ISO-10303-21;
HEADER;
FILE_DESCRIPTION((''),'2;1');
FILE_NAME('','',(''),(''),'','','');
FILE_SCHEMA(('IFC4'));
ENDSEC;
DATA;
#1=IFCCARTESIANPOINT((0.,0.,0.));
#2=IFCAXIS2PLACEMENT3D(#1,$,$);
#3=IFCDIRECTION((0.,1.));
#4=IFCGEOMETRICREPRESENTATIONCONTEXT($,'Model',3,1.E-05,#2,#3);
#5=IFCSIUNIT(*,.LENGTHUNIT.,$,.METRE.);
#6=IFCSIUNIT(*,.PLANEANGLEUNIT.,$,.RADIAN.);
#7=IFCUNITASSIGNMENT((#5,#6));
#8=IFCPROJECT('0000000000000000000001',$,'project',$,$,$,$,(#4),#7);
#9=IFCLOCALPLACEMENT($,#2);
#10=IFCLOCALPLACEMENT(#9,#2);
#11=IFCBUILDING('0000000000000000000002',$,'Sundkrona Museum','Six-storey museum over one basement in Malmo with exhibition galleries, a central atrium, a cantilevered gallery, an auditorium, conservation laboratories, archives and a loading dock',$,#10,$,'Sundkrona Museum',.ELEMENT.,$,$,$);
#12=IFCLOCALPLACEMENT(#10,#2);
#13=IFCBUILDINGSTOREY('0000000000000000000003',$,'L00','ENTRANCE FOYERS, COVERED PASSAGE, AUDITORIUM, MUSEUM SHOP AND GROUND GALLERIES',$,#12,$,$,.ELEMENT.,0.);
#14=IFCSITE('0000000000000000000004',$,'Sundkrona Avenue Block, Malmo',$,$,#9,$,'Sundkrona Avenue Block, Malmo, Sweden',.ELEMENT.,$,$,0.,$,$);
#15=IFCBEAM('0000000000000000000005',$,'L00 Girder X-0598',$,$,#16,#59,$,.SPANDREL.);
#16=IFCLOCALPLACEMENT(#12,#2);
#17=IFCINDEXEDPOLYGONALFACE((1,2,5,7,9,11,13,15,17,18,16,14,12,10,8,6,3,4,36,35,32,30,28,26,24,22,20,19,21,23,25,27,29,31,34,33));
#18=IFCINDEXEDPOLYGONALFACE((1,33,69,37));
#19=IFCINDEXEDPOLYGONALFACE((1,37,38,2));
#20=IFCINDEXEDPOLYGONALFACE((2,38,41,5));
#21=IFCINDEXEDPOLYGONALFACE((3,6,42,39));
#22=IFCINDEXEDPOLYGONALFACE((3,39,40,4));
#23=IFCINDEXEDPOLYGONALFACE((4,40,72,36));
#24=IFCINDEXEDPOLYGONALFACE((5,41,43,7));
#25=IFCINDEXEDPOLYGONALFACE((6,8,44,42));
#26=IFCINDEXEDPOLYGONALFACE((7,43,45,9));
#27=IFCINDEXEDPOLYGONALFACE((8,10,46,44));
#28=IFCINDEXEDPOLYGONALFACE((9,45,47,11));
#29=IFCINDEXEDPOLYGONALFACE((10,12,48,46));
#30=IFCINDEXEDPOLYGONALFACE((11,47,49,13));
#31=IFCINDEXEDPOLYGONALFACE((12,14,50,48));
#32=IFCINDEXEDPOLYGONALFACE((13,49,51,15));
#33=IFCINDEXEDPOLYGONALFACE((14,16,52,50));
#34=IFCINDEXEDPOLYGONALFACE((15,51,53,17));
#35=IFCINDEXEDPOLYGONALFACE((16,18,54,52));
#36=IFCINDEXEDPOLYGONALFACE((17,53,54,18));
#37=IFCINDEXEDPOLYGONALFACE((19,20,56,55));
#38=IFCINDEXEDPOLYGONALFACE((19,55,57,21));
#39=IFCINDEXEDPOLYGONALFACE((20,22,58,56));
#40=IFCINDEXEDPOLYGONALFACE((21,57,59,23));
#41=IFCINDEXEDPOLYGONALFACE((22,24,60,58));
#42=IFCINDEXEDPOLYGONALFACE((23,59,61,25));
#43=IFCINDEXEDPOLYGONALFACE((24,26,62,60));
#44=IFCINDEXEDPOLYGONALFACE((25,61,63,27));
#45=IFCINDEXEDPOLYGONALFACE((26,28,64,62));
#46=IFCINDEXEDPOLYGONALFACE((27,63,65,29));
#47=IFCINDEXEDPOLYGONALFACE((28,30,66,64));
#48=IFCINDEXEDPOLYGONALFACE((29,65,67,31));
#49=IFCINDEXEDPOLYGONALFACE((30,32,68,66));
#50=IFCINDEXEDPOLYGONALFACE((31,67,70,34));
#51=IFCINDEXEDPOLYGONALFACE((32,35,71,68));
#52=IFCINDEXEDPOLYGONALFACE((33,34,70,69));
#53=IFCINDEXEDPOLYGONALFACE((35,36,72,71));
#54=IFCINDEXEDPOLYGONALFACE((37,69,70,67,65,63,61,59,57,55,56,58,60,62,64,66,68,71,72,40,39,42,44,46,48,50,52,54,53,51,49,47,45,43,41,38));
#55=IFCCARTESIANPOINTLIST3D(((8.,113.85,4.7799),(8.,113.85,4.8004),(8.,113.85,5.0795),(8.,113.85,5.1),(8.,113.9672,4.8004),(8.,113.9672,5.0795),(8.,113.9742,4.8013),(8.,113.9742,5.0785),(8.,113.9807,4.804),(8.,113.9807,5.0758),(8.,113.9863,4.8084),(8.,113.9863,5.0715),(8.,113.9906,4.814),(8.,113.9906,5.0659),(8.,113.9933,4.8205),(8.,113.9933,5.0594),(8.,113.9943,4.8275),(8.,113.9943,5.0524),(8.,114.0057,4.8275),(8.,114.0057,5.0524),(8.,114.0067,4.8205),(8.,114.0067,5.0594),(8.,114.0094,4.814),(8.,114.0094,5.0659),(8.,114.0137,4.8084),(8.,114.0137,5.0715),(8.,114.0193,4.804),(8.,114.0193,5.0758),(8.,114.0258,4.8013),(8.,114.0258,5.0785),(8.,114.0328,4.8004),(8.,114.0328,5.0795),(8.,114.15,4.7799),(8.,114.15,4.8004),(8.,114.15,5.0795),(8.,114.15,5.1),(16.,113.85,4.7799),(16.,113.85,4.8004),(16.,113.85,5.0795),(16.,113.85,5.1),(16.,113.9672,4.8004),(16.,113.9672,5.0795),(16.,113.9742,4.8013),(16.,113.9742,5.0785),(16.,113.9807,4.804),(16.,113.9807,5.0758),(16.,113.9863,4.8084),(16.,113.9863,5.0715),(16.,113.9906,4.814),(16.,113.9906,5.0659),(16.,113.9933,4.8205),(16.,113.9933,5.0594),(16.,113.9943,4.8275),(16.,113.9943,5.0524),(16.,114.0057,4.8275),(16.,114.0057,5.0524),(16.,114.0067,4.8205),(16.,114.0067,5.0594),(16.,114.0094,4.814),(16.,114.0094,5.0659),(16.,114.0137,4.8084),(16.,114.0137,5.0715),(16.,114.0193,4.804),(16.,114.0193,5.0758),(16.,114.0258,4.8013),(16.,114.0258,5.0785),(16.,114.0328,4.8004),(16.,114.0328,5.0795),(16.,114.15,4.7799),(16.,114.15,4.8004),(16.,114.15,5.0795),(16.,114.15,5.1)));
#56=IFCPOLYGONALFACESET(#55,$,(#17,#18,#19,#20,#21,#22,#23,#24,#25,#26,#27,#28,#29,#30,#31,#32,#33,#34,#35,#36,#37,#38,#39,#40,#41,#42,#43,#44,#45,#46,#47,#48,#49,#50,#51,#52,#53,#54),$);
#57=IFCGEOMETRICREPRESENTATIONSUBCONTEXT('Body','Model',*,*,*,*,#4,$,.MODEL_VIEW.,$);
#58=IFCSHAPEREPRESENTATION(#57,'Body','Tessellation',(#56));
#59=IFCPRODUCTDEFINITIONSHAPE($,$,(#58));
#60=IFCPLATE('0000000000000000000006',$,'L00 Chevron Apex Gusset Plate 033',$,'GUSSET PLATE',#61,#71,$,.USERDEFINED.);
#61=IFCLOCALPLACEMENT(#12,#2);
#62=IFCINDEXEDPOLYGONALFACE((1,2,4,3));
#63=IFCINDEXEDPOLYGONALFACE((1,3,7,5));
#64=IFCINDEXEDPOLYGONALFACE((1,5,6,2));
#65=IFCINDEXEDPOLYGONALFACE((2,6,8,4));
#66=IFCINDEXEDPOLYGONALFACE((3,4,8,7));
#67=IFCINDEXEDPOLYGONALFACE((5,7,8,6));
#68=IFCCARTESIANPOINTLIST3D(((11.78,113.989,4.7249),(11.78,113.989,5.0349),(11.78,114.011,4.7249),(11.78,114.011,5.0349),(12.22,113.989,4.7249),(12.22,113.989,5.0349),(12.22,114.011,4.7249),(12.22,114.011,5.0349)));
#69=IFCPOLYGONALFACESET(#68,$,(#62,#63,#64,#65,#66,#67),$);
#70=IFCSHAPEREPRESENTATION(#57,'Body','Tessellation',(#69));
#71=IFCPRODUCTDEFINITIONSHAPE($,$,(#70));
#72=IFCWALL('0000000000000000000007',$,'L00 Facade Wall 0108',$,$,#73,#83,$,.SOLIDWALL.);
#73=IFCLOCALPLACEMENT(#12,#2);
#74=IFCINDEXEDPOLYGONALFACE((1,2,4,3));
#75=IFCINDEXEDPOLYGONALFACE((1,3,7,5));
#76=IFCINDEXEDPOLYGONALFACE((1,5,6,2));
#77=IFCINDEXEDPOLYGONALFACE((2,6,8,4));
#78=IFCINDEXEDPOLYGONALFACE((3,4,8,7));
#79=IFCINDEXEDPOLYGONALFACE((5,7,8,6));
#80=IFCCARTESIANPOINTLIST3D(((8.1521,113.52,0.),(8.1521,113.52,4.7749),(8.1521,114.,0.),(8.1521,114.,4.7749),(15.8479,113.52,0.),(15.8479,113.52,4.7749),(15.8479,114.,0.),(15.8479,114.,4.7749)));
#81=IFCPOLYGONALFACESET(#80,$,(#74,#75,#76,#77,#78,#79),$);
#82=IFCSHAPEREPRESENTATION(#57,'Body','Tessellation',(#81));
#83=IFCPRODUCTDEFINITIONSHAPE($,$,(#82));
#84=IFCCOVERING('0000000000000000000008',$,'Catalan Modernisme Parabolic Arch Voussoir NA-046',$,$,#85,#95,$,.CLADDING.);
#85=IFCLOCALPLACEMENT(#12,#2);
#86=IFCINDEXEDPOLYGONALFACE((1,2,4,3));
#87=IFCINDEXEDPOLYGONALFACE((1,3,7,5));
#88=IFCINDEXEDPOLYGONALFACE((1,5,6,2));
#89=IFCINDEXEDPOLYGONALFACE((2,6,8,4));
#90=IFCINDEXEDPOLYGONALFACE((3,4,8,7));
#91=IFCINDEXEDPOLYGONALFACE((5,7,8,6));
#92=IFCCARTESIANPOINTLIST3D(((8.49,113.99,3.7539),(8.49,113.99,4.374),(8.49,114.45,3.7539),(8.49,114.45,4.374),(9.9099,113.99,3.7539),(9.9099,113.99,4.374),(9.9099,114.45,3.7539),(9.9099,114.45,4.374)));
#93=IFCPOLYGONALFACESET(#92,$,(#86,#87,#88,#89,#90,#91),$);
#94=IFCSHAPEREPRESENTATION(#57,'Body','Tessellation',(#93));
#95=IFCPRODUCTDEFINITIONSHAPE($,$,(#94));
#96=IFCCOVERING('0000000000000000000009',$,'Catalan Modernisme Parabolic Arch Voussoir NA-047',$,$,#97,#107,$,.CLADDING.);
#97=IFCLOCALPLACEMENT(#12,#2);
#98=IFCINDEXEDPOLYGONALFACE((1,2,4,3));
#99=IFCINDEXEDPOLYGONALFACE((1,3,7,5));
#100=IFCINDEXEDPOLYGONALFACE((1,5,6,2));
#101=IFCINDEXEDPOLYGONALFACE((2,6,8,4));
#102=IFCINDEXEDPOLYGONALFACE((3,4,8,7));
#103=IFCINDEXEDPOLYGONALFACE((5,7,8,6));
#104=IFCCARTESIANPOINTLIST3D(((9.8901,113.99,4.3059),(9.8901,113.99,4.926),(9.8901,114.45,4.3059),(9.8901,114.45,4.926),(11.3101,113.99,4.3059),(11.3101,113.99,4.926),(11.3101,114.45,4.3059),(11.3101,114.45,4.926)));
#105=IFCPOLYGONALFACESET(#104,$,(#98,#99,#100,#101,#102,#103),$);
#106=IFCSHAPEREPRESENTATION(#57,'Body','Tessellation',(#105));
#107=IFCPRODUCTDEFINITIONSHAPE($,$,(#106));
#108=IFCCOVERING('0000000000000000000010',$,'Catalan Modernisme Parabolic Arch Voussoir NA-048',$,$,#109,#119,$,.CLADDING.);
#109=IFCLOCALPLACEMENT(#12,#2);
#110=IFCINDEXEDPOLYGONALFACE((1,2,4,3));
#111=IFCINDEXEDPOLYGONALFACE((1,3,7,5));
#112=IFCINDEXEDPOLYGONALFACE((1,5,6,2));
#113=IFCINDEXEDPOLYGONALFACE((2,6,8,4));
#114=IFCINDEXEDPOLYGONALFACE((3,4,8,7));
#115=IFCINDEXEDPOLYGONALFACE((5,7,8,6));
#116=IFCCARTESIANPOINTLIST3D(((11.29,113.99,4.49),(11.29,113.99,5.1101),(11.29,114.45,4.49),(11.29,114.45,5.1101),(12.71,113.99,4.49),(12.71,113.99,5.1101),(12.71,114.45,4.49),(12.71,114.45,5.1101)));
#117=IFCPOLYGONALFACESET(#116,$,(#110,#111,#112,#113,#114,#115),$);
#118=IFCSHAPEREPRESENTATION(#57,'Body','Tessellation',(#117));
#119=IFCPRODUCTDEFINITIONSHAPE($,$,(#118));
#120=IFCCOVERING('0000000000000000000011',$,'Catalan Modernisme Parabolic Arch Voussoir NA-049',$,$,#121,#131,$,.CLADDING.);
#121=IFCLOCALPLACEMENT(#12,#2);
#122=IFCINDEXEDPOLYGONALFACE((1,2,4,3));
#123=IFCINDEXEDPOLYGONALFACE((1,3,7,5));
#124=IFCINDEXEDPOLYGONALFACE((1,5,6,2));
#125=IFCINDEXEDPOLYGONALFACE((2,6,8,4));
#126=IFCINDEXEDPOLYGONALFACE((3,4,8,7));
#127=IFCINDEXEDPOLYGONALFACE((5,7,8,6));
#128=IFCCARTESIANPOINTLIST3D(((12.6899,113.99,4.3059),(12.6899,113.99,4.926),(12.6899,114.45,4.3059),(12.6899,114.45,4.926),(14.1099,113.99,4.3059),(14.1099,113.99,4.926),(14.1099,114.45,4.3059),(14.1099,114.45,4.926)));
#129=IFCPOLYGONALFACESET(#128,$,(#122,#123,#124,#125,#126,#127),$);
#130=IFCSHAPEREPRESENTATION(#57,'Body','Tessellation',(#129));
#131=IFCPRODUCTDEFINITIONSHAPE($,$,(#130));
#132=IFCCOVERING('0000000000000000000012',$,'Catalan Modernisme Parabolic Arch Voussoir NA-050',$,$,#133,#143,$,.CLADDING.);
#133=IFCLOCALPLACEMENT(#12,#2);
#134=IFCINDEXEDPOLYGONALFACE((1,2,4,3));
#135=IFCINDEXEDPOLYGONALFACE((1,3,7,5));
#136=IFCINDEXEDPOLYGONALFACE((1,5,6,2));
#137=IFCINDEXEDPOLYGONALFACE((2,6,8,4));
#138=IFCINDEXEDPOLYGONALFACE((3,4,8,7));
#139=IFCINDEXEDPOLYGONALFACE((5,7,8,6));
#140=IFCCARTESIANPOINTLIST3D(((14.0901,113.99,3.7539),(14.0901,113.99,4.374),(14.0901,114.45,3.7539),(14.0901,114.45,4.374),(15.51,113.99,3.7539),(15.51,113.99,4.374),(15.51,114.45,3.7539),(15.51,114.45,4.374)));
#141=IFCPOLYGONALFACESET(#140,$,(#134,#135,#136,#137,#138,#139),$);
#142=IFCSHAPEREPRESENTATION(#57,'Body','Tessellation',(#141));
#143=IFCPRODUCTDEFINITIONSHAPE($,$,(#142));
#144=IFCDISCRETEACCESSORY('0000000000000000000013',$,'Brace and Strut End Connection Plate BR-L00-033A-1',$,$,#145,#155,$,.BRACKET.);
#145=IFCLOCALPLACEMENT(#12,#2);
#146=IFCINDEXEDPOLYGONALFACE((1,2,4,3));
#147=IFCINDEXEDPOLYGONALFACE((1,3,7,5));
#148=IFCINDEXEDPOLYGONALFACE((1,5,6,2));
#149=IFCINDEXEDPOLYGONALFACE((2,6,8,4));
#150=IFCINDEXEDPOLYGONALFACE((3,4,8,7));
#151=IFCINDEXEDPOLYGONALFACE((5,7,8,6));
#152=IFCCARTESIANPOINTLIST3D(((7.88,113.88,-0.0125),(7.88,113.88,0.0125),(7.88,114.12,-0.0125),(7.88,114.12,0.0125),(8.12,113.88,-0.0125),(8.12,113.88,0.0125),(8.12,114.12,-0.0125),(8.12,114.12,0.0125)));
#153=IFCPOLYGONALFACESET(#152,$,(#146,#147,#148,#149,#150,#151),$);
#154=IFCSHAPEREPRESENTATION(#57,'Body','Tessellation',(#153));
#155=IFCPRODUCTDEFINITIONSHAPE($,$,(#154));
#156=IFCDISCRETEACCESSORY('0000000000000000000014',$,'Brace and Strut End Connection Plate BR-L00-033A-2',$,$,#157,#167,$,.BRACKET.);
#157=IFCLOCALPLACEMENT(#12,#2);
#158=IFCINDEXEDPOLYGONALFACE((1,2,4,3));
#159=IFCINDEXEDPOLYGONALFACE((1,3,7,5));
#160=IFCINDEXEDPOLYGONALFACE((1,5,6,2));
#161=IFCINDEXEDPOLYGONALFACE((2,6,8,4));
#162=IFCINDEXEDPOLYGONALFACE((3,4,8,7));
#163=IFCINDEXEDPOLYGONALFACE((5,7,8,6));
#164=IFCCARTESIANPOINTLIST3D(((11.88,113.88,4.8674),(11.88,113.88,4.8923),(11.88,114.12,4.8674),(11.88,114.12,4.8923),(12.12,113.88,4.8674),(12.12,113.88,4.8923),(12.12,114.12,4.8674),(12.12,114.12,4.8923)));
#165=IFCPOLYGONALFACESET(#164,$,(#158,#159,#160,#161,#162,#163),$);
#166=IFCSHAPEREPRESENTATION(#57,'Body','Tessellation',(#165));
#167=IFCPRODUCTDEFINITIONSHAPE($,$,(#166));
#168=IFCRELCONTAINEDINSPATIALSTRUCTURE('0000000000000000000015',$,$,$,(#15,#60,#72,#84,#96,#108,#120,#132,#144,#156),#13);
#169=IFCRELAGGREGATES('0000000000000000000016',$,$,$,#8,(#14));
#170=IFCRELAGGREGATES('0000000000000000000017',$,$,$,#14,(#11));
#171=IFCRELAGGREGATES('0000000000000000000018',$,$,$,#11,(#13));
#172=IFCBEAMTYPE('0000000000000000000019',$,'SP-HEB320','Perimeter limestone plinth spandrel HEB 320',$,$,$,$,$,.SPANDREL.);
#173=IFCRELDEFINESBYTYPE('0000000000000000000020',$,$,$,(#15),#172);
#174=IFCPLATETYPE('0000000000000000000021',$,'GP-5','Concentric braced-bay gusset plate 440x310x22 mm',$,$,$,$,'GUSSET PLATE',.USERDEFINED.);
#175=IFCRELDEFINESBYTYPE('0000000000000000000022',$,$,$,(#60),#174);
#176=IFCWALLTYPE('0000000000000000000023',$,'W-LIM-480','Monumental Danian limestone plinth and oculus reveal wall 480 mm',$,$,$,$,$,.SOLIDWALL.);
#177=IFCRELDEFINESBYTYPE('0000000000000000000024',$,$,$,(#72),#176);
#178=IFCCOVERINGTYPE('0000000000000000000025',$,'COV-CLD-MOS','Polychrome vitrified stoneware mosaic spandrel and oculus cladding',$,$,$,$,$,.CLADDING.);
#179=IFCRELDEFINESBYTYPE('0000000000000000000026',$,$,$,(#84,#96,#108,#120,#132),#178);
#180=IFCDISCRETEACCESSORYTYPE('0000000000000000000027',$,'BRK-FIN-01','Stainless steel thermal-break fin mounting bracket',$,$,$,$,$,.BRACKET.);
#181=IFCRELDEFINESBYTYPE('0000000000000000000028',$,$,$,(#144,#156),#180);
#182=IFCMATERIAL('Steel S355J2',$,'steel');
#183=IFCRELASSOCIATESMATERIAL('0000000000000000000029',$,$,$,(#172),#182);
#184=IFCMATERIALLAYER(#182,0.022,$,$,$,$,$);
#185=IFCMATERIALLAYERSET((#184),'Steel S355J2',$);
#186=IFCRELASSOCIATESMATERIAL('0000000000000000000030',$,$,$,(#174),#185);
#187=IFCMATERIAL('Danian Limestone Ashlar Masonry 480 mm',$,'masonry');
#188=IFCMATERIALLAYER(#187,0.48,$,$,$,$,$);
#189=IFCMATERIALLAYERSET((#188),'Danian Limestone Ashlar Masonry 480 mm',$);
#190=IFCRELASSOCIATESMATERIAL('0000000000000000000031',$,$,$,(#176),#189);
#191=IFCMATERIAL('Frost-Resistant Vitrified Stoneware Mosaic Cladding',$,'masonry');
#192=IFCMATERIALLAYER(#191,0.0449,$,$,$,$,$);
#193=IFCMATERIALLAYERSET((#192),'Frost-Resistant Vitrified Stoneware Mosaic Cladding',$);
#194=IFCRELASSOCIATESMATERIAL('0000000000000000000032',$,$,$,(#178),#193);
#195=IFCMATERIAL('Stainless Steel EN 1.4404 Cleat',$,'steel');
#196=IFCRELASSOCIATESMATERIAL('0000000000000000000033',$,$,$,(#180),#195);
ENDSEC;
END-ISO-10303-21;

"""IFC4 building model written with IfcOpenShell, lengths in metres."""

from ifc_helpers import new_model, si_unit, direction, frame, frame_2d, origin, origin_2d, place, context, subcontext, project, spatial, rectangle, i_section, extrude, material, layer, layer_set, material_profile, profile_set, type_object, element, save


model = new_model("IFC4")

# Units and contexts
model_context = context("Model", 3, precision=1e-05, world=origin(), true_north=direction((0.0, 1.0)))
body_context = subcontext(model_context, "Body", "Model", "MODEL_VIEW")
ifc_project = project(units=[si_unit("LENGTHUNIT", "METRE"), si_unit("PLANEANGLEUNIT", "RADIAN")], contexts=[model_context])

# Site, building, storey
site_placement = place(None, origin())
site = spatial("IfcSite", under=ifc_project, at=site_placement, Name="Sundkrona Avenue Block, Malmo", LongName="Sundkrona Avenue Block, Malmo, Sweden", CompositionType="ELEMENT", RefElevation=0.0)
building_placement = place(site_placement, origin())
building = spatial("IfcBuilding", under=site, at=building_placement, Name="Sundkrona Museum", Description="Six-storey museum over one basement in Malmo with exhibition galleries, a central atrium, a cantilevered gallery, an auditorium, conservation laboratories, archives and a loading dock", LongName="Sundkrona Museum", CompositionType="ELEMENT")
storey_placement = place(building_placement, origin())
storey = spatial("IfcBuildingStorey", under=building, at=storey_placement, Name="L00", Description="ENTRANCE FOYERS, COVERED PASSAGE, AUDITORIUM, MUSEUM SHOP AND GROUND GALLERIES", CompositionType="ELEMENT", Elevation=0.0)

# Shared definitions
ifc_material_1 = material(Name="Steel S355J2", Category="steel")

# Beam
ifc_material_profile_1 = material_profile(ifc_material_1, i_section(OverallWidth=0.3, OverallDepth=0.3201, WebThickness=0.0115, FlangeThickness=0.0205, FilletRadius=0.0271, at=origin_2d()), Name="HEB 320")
ifc_profile_set_1 = profile_set([ifc_material_profile_1], Name="Steel S355J2")
beam_type_1 = type_object("IfcBeamType", Name="SP-HEB320", Description="Perimeter limestone plinth spandrel HEB 320", PredefinedType="SPANDREL", material=ifc_profile_set_1)
beam_1_placement = place(storey_placement, frame((8.0, 114.0, 4.9399), z_axis=(1.0, 0.0, 0.0), x_axis=(0.0, 1.0, 0.0)))
element("IfcBeam", 1, at=beam_1_placement, inside=storey, type_object=beam_type_1, Name="L00 Girder X-0598", PredefinedType="SPANDREL", context=body_context, shape_type="SweptSolid", body=[
    extrude(i_section(OverallWidth=0.3, OverallDepth=0.3201, WebThickness=0.0115, FlangeThickness=0.0205, FilletRadius=0.0271, at=origin_2d()), origin(), (0.0, 0.0, 1.0), 8.0),
])

# Plate
ifc_layer_1 = layer(ifc_material_1, 0.022)
ifc_layer_set_1 = layer_set([ifc_layer_1], Name="Steel S355J2")
plate_type = type_object("IfcPlateType", Name="GP-5", Description="Concentric braced-bay gusset plate 440x310x22 mm", ElementType="GUSSET PLATE", PredefinedType="USERDEFINED", material=ifc_layer_set_1)
plate_placement = place(storey_placement, frame((12.0, 114.0, 4.7249), z_axis=(0.0, 0.0, 1.0), x_axis=(1.0, 0.0, 0.0)))
element("IfcPlate", 2, at=plate_placement, inside=storey, type_object=plate_type, Name="L00 Chevron Apex Gusset Plate 033", ObjectType="GUSSET PLATE", PredefinedType="USERDEFINED", context=body_context, shape_type="SweptSolid", body=[
    extrude(rectangle(XDim=0.4399, YDim=0.022, at=origin_2d()), origin(), (0.0, 0.0, 1.0), 0.3101),
])

# Wall
ifc_material_2 = material(Name="Danian Limestone Ashlar Masonry 480 mm", Category="masonry")
ifc_layer_2 = layer(ifc_material_2, 0.48)
ifc_layer_set_2 = layer_set([ifc_layer_2], Name="Danian Limestone Ashlar Masonry 480 mm")
wall_type = type_object("IfcWallType", Name="W-LIM-480", Description="Monumental Danian limestone plinth and oculus reveal wall 480 mm", PredefinedType="SOLIDWALL", material=ifc_layer_set_2)
wall_placement = place(storey_placement, frame((8.1521, 113.76, 0.0), z_axis=(0.0, 0.0, 1.0), x_axis=(1.0, 0.0, 0.0)))
element("IfcWall", 3, at=wall_placement, inside=storey, type_object=wall_type, Name="L00 Facade Wall 0108", PredefinedType="SOLIDWALL", context=body_context, shape_type="SweptSolid", body=[
    extrude(rectangle(XDim=7.6958, YDim=0.48, at=frame_2d((3.8479, 0.0))), origin(), (0.0, 0.0, 1.0), 4.7749),
])

# Coverings
ifc_material_3 = material(Name="Frost-Resistant Vitrified Stoneware Mosaic Cladding", Category="masonry")
ifc_layer_3 = layer(ifc_material_3, 0.0449)
ifc_layer_set_3 = layer_set([ifc_layer_3], Name="Frost-Resistant Vitrified Stoneware Mosaic Cladding")
covering_type = type_object("IfcCoveringType", Name="COV-CLD-MOS", Description="Polychrome vitrified stoneware mosaic spandrel and oculus cladding", PredefinedType="CLADDING", material=ifc_layer_set_3)
for number, where, z_axis, x_axis, name in (
    (4, (9.2, 114.22, 3.7539), (0.0, 0.0, 1.0), (1.0, 0.0, 0.0), "Catalan Modernisme Parabolic Arch Voussoir NA-046"),
    (5, (10.6001, 114.22, 4.3059), (0.0, 0.0, 1.0), (1.0, 0.0, 0.0), "Catalan Modernisme Parabolic Arch Voussoir NA-047"),
    (6, (12.0, 114.22, 4.49), (0.0, 0.0, 1.0), (1.0, 0.0, 0.0), "Catalan Modernisme Parabolic Arch Voussoir NA-048"),
    (7, (13.3999, 114.22, 4.3059), (0.0, 0.0, 1.0), (1.0, 0.0, 0.0), "Catalan Modernisme Parabolic Arch Voussoir NA-049"),
    (8, (14.8, 114.22, 3.7539), (0.0, 0.0, 1.0), (1.0, 0.0, 0.0), "Catalan Modernisme Parabolic Arch Voussoir NA-050"),
):
    element("IfcCovering", number, at=place(storey_placement, frame(where, z_axis=z_axis, x_axis=x_axis)), inside=storey, type_object=covering_type, Name=name, PredefinedType="CLADDING", context=body_context, shape_type="SweptSolid", body=[
        extrude(rectangle(XDim=1.4199, YDim=0.46, at=origin_2d()), origin(), (0.0, 0.0, 1.0), 0.6201),
    ])

# Discrete accessories
ifc_material_4 = material(Name="Stainless Steel EN 1.4404 Cleat", Category="steel")
discrete_accessory_type = type_object("IfcDiscreteAccessoryType", Name="BRK-FIN-01", Description="Stainless steel thermal-break fin mounting bracket", PredefinedType="BRACKET", material=ifc_material_4)
for number, where, z_axis, x_axis, name in (
    (9, (8.0, 114.0, -0.0125), (0.0, 0.0, 1.0), (1.0, 0.0, 0.0), "Brace and Strut End Connection Plate BR-L00-033A-1"),
    (10, (12.0, 114.0, 4.8674), (0.0, 0.0, 1.0), (1.0, 0.0, 0.0), "Brace and Strut End Connection Plate BR-L00-033A-2"),
):
    element("IfcDiscreteAccessory", number, at=place(storey_placement, frame(where, z_axis=z_axis, x_axis=x_axis)), inside=storey, type_object=discrete_accessory_type, Name=name, PredefinedType="BRACKET", context=body_context, shape_type="SweptSolid", body=[
        extrude(rectangle(XDim=0.24, YDim=0.24, at=origin_2d()), origin(), (0.0, 0.0, 1.0), 0.0249),
    ])

save(model, "model.ifc")
